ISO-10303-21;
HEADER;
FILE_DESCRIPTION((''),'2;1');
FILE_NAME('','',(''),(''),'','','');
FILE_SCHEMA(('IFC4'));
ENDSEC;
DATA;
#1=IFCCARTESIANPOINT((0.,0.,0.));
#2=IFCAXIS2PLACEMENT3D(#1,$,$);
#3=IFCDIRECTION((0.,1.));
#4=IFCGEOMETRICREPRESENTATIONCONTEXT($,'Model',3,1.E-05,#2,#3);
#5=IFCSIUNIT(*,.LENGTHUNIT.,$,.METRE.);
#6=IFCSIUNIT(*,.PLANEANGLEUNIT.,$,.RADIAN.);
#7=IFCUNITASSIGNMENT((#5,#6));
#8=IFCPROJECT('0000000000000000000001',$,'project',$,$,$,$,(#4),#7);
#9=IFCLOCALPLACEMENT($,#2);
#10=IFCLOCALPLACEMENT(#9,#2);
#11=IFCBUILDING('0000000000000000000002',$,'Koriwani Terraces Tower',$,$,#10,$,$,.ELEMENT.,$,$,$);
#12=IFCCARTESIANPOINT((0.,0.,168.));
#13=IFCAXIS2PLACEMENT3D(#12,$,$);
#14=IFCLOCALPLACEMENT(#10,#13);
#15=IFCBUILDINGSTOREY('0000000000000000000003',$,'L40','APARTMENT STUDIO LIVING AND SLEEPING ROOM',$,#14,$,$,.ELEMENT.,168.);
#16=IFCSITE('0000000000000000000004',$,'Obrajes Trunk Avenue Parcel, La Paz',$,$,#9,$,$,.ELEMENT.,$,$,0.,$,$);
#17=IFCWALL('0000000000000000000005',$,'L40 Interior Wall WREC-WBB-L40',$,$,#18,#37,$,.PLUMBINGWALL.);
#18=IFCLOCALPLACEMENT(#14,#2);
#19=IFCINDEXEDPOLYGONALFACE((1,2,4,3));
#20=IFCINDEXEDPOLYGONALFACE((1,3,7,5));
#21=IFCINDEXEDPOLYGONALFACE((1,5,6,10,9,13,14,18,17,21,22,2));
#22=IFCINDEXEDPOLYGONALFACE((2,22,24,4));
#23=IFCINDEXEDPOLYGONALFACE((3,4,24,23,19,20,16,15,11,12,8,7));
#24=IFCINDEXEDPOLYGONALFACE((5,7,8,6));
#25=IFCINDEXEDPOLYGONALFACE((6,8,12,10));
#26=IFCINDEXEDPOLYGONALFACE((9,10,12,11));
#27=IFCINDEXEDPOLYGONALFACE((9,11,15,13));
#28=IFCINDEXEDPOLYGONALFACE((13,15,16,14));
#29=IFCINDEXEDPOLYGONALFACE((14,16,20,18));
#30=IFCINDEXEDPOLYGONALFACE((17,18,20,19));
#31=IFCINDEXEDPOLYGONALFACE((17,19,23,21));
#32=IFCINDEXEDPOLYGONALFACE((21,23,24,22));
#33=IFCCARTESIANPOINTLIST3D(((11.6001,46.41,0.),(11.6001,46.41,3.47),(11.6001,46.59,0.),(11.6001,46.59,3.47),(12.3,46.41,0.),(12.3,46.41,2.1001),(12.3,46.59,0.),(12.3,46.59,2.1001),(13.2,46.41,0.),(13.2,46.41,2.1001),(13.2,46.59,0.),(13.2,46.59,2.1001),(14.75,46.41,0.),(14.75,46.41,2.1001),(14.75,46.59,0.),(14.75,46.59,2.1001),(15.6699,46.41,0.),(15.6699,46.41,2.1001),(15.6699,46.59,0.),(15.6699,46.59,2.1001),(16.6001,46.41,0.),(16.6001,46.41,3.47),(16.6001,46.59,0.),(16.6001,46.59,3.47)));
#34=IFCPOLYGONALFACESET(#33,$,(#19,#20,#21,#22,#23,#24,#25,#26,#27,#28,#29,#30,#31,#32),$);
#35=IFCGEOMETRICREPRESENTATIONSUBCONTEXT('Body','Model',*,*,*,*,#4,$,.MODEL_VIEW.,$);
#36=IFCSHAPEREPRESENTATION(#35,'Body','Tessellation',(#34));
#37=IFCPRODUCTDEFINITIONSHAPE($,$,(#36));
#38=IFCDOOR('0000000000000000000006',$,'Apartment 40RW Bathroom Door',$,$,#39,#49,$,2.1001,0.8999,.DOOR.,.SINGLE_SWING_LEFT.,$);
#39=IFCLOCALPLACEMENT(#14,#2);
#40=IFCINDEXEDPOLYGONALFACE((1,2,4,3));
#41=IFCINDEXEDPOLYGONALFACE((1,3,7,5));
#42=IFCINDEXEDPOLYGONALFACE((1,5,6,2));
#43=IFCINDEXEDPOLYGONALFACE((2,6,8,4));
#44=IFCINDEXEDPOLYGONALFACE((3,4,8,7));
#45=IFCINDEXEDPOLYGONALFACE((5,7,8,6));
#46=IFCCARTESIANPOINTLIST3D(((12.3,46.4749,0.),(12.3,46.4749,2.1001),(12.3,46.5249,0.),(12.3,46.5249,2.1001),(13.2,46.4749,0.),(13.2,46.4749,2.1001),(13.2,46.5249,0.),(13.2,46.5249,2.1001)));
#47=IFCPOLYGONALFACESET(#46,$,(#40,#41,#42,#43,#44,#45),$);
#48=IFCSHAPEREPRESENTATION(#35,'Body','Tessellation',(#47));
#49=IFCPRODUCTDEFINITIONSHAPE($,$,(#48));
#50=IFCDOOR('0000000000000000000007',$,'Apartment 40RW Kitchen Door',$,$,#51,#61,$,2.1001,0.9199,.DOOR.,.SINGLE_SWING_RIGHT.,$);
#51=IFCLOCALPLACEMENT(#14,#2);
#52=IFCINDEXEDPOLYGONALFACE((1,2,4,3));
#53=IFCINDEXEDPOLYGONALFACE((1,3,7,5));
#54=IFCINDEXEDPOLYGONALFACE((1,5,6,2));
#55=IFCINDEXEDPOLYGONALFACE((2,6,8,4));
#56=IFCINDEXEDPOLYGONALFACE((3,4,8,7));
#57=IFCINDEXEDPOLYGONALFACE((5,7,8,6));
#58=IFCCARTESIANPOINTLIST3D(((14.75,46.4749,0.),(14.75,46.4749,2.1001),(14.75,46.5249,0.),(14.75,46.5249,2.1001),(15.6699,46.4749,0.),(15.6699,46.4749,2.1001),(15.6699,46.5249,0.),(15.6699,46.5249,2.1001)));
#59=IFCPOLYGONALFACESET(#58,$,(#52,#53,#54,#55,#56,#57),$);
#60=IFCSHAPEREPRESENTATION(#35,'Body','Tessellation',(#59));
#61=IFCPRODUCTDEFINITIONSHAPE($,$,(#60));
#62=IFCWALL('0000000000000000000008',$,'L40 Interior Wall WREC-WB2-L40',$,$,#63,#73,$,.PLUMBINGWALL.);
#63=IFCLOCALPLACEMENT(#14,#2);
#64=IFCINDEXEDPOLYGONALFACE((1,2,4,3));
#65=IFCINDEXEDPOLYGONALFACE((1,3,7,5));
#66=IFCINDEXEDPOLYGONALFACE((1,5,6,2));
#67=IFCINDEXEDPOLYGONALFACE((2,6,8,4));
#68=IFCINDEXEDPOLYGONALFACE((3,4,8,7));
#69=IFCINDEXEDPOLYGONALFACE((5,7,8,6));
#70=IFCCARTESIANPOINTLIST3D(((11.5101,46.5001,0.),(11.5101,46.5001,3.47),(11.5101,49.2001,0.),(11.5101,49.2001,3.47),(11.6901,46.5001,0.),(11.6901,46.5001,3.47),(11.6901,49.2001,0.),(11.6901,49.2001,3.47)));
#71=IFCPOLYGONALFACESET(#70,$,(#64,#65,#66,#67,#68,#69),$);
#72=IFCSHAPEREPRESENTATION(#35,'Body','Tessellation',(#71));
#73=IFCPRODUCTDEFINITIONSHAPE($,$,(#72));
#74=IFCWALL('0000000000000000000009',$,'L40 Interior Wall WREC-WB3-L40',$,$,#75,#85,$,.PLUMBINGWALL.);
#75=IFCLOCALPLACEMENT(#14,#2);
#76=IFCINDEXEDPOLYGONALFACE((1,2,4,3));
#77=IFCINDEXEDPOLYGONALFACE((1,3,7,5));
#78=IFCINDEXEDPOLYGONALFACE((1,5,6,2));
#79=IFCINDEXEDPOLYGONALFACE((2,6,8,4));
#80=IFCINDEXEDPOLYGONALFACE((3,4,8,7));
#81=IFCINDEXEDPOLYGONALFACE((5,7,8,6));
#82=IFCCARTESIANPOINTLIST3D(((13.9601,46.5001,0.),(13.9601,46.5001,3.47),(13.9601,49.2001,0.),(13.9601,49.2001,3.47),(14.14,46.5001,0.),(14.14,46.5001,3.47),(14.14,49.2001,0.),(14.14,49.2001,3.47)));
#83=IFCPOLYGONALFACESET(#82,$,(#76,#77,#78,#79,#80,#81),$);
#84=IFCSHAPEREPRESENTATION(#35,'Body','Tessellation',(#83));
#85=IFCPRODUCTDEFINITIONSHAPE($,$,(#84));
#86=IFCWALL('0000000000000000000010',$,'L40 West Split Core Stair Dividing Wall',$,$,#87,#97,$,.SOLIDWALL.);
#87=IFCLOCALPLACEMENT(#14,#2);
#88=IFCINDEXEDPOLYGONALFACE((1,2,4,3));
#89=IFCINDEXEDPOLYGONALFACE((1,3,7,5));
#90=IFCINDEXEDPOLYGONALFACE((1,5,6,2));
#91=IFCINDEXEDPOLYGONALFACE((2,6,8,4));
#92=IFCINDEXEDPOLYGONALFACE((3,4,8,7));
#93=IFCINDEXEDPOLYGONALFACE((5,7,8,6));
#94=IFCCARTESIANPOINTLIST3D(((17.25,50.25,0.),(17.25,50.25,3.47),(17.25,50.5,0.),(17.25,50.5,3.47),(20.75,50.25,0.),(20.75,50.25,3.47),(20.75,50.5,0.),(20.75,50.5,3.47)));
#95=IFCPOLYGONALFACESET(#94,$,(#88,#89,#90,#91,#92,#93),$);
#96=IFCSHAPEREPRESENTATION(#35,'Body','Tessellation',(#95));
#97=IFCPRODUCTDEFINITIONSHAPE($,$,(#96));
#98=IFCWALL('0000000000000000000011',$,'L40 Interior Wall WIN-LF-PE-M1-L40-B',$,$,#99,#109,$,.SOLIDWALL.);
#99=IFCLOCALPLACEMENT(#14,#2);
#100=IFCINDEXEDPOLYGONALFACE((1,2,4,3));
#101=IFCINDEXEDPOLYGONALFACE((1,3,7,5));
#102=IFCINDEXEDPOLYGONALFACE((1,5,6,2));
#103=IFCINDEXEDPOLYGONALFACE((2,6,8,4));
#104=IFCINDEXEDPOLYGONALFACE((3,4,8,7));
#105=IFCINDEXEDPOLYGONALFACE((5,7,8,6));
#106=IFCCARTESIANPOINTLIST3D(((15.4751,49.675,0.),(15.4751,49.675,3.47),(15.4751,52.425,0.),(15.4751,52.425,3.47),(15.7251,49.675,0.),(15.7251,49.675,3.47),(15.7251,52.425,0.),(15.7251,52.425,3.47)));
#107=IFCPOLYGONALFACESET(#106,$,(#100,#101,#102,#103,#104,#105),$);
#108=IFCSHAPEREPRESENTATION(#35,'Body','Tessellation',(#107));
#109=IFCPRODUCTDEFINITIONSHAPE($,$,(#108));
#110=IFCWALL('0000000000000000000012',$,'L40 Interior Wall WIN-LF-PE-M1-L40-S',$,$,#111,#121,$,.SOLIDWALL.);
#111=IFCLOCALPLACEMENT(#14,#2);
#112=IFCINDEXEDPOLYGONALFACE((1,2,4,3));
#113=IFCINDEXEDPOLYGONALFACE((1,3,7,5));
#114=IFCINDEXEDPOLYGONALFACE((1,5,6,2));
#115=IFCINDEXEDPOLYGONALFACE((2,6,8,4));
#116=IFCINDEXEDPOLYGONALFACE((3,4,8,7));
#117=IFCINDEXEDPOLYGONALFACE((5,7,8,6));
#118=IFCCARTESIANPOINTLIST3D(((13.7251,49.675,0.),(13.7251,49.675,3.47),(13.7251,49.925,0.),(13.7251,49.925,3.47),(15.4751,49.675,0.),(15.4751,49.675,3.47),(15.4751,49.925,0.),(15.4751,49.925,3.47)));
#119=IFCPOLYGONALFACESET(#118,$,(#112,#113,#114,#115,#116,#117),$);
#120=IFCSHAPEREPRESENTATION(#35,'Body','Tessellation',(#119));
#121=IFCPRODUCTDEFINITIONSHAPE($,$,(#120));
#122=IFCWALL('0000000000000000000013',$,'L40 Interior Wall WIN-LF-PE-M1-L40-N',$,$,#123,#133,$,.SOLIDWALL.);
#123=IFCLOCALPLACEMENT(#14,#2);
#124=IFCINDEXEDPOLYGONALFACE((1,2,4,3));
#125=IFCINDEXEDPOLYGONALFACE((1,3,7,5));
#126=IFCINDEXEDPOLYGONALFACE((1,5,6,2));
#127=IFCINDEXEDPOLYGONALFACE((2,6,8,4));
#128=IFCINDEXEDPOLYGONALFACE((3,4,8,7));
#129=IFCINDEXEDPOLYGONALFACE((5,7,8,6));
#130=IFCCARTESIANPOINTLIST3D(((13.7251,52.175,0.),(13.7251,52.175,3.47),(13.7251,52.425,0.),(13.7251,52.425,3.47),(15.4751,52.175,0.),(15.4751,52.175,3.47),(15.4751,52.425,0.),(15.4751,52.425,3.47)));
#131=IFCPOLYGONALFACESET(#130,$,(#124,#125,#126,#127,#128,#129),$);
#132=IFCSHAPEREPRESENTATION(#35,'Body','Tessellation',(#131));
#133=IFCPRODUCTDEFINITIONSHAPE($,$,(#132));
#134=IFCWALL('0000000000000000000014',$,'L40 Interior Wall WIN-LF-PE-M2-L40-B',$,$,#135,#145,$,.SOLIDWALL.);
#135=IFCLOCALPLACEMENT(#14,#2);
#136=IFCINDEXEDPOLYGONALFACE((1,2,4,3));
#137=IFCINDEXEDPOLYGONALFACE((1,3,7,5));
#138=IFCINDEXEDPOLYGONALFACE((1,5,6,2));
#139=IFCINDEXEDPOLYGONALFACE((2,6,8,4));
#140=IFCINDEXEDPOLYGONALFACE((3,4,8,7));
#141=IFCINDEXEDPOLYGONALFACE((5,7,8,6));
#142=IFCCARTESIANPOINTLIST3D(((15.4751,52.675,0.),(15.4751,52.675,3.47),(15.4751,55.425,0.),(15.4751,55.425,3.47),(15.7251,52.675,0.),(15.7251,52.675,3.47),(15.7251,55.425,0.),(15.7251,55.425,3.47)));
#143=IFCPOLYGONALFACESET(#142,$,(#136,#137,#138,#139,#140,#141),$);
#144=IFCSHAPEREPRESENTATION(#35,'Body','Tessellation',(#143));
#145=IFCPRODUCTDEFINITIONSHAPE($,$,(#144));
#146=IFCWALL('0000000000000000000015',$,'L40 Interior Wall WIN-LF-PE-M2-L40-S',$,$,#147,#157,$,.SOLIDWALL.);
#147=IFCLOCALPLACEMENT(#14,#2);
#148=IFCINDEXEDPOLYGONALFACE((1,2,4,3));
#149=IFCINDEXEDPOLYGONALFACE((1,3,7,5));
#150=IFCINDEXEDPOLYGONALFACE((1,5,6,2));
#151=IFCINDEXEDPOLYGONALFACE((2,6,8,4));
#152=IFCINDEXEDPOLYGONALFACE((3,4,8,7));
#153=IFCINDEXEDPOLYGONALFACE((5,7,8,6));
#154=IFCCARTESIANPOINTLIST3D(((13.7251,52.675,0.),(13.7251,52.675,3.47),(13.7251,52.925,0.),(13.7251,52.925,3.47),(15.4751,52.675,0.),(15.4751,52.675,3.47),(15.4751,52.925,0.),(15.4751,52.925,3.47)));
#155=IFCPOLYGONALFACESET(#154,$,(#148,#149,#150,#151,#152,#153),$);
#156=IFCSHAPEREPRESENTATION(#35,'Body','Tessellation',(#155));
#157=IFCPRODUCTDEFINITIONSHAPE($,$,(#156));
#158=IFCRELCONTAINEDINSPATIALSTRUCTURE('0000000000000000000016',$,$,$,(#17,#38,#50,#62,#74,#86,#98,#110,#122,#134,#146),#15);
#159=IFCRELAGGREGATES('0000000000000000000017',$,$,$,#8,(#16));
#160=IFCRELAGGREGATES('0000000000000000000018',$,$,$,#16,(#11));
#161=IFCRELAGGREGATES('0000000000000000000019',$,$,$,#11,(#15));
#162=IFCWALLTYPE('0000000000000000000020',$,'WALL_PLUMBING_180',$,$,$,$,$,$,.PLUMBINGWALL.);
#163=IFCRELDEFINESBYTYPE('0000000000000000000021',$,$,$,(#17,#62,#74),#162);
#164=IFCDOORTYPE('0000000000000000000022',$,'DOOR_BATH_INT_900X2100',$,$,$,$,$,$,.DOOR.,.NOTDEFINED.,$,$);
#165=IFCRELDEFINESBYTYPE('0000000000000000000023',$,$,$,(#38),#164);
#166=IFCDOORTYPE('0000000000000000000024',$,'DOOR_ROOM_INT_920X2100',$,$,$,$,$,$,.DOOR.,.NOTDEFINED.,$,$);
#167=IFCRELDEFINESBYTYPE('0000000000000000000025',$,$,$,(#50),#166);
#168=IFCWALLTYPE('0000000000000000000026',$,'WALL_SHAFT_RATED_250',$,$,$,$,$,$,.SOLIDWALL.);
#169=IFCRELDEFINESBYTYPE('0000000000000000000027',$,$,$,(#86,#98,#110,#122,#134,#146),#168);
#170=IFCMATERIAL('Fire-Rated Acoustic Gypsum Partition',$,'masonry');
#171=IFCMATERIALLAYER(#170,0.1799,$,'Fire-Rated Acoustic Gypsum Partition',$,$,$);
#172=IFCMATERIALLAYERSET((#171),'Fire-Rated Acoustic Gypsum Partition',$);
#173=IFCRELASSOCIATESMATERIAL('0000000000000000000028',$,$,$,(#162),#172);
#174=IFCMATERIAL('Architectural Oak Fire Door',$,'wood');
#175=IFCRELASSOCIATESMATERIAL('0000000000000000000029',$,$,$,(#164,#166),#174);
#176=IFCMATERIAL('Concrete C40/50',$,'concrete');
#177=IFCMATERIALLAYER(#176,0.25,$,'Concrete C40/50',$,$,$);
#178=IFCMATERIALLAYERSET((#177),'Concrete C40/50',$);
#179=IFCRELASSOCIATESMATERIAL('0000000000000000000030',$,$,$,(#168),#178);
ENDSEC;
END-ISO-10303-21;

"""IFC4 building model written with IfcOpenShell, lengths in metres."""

from ifc_helpers import new_model, si_unit, direction, frame, frame_2d, origin, place, context, subcontext, project, spatial, rectangle, extrude, material, layer, layer_set, type_object, element, fill, save


model = new_model("IFC4")

# Units and contexts
model_context = context("Model", 3, precision=1e-05, world=origin(), true_north=direction((0.0, 1.0)))
body_context = subcontext(model_context, "Body", "Model", "MODEL_VIEW")
ifc_project = project(units=[si_unit("LENGTHUNIT", "METRE"), si_unit("PLANEANGLEUNIT", "RADIAN")], contexts=[model_context])

# Site, building, storey
site_placement = place(None, origin())
site = spatial("IfcSite", under=ifc_project, at=site_placement, Name="Obrajes Trunk Avenue Parcel, La Paz", CompositionType="ELEMENT", RefElevation=0.0)
building_placement = place(site_placement, origin())
building = spatial("IfcBuilding", under=site, at=building_placement, Name="Koriwani Terraces Tower", CompositionType="ELEMENT")
storey_placement = place(building_placement, frame((0.0, 0.0, 168.0)))
storey = spatial("IfcBuildingStorey", under=building, at=storey_placement, Name="L40", Description="APARTMENT STUDIO LIVING AND SLEEPING ROOM", CompositionType="ELEMENT", Elevation=168.0)

# Shared definitions
ifc_material_1 = material(Name="Concrete C40/50", Category="concrete")

# Wall, openings, doors
ifc_material_2 = material(Name="Fire-Rated Acoustic Gypsum Partition", Category="masonry")
ifc_layer_1 = layer(ifc_material_2, 0.1799, Name="Fire-Rated Acoustic Gypsum Partition")
ifc_layer_set_1 = layer_set([ifc_layer_1], Name="Fire-Rated Acoustic Gypsum Partition")
wall_type_1 = type_object("IfcWallType", Name="WALL_PLUMBING_180", PredefinedType="PLUMBINGWALL", material=ifc_layer_set_1)
wall_1_placement = place(storey_placement, frame((11.6001, 46.5, 0.0), z_axis=(0.0, 0.0, 1.0), x_axis=(1.0, 0.0, 0.0)))
wall_1 = element("IfcWall", 1, at=wall_1_placement, inside=storey, type_object=wall_type_1, Name="L40 Interior Wall WREC-WBB-L40", PredefinedType="PLUMBINGWALL", context=body_context, shape_type="SweptSolid", body=[
    extrude(rectangle(XDim=5.0, YDim=0.1799, at=frame_2d((2.5, 0.0))), origin(), (0.0, 0.0, 1.0), 3.47),
])
opening_1_placement = place(wall_1_placement, frame((0.7, 0.0, 0.0)))
opening_1 = element("IfcOpeningElement", 2, at=opening_1_placement, cuts=wall_1, PredefinedType="OPENING", context=body_context, shape_type="SweptSolid", body=[
    extrude(rectangle(XDim=0.8999, YDim=2.1001, at=frame_2d((0.45, 1.05))), frame((0.0, 0.1001, 0.0), z_axis=(0.0, -1.0, 0.0), x_axis=(1.0, 0.0, 0.0)), (0.0, 0.0, 1.0), 0.2),
])
opening_2_placement = place(wall_1_placement, frame((3.1499, 0.0, 0.0)))
opening_2 = element("IfcOpeningElement", 3, at=opening_2_placement, cuts=wall_1, PredefinedType="OPENING", context=body_context, shape_type="SweptSolid", body=[
    extrude(rectangle(XDim=0.9199, YDim=2.1001, at=frame_2d((0.46, 1.05))), frame((0.0, 0.1001, 0.0), z_axis=(0.0, -1.0, 0.0), x_axis=(1.0, 0.0, 0.0)), (0.0, 0.0, 1.0), 0.2),
])
ifc_material_3 = material(Name="Architectural Oak Fire Door", Category="wood")
door_type_1 = type_object("IfcDoorType", Name="DOOR_BATH_INT_900X2100", OperationType="NOTDEFINED", PredefinedType="DOOR", material=ifc_material_3)
door_1_placement = place(opening_1_placement, origin())
door_1 = element("IfcDoor", 4, at=door_1_placement, inside=storey, type_object=door_type_1, Name="Apartment 40RW Bathroom Door", OperationType="SINGLE_SWING_LEFT", OverallHeight=2.1001, OverallWidth=0.8999, PredefinedType="DOOR", context=body_context, shape_type="SweptSolid", body=[
    extrude(rectangle(XDim=0.8999, YDim=2.1001, at=frame_2d((0.45, 1.05))), frame((0.0, 0.0249, 0.0), z_axis=(0.0, -1.0, 0.0), x_axis=(1.0, 0.0, 0.0)), (0.0, 0.0, 1.0), 0.05),
])
fill(opening_1, door_1)
door_type_2 = type_object("IfcDoorType", Name="DOOR_ROOM_INT_920X2100", OperationType="NOTDEFINED", PredefinedType="DOOR", material=ifc_material_3)
door_2_placement = place(opening_2_placement, origin())
door_2 = element("IfcDoor", 5, at=door_2_placement, inside=storey, type_object=door_type_2, Name="Apartment 40RW Kitchen Door", OperationType="SINGLE_SWING_RIGHT", OverallHeight=2.1001, OverallWidth=0.9199, PredefinedType="DOOR", context=body_context, shape_type="SweptSolid", body=[
    extrude(rectangle(XDim=0.9199, YDim=2.1001, at=frame_2d((0.46, 1.05))), frame((0.0, 0.0249, 0.0), z_axis=(0.0, -1.0, 0.0), x_axis=(1.0, 0.0, 0.0)), (0.0, 0.0, 1.0), 0.05),
])
fill(opening_2, door_2)

# Walls
for number, where, z_axis, x_axis, name in (
    (6, (11.6001, 46.5, 0.0), (0.0, 0.0, 1.0), (0.0, 1.0, 0.0), "L40 Interior Wall WREC-WB2-L40"),
    (7, (14.05, 46.5, 0.0), (0.0, 0.0, 1.0), (0.0, 1.0, 0.0), "L40 Interior Wall WREC-WB3-L40"),
):
    element("IfcWall", number, at=place(storey_placement, frame(where, z_axis=z_axis, x_axis=x_axis)), inside=storey, type_object=wall_type_1, Name=name, PredefinedType="PLUMBINGWALL", context=body_context, shape_type="SweptSolid", body=[
        extrude(rectangle(XDim=2.7, YDim=0.1799, at=frame_2d((1.3501, 0.0))), origin(), (0.0, 0.0, 1.0), 3.47),
    ])
ifc_layer_2 = layer(ifc_material_1, 0.25, Name="Concrete C40/50")
ifc_layer_set_2 = layer_set([ifc_layer_2], Name="Concrete C40/50")
wall_type_2 = type_object("IfcWallType", Name="WALL_SHAFT_RATED_250", PredefinedType="SOLIDWALL", material=ifc_layer_set_2)
wall_2_placement = place(storey_placement, frame((17.25, 50.375, 0.0), z_axis=(0.0, 0.0, 1.0), x_axis=(1.0, 0.0, 0.0)))
element("IfcWall", 8, at=wall_2_placement, inside=storey, type_object=wall_type_2, Name="L40 West Split Core Stair Dividing Wall", PredefinedType="SOLIDWALL", context=body_context, shape_type="SweptSolid", body=[
    extrude(rectangle(XDim=3.5, YDim=0.25, at=frame_2d((1.75, 0.0))), origin(), (0.0, 0.0, 1.0), 3.47),
])

# Walls
wall_3_placement = place(storey_placement, frame((15.6001, 49.675, 0.0), z_axis=(0.0, 0.0, 1.0), x_axis=(0.0, 1.0, 0.0)))
element("IfcWall", 9, at=wall_3_placement, inside=storey, type_object=wall_type_2, Name="L40 Interior Wall WIN-LF-PE-M1-L40-B", PredefinedType="SOLIDWALL", context=body_context, shape_type="SweptSolid", body=[
    extrude(rectangle(XDim=2.75, YDim=0.25, at=frame_2d((1.375, 0.0))), origin(), (0.0, 0.0, 1.0), 3.47),
])
for number, where, z_axis, x_axis, name in (
    (10, (13.7251, 49.8, 0.0), (0.0, 0.0, 1.0), (1.0, 0.0, 0.0), "L40 Interior Wall WIN-LF-PE-M1-L40-S"),
    (11, (13.7251, 52.3, 0.0), (0.0, 0.0, 1.0), (1.0, 0.0, 0.0), "L40 Interior Wall WIN-LF-PE-M1-L40-N"),
):
    element("IfcWall", number, at=place(storey_placement, frame(where, z_axis=z_axis, x_axis=x_axis)), inside=storey, type_object=wall_type_2, Name=name, PredefinedType="SOLIDWALL", context=body_context, shape_type="SweptSolid", body=[
        extrude(rectangle(XDim=1.75, YDim=0.25, at=frame_2d((0.875, 0.0))), origin(), (0.0, 0.0, 1.0), 3.47),
    ])

# Walls
wall_4_placement = place(storey_placement, frame((15.6001, 52.675, 0.0), z_axis=(0.0, 0.0, 1.0), x_axis=(0.0, 1.0, 0.0)))
element("IfcWall", 12, at=wall_4_placement, inside=storey, type_object=wall_type_2, Name="L40 Interior Wall WIN-LF-PE-M2-L40-B", PredefinedType="SOLIDWALL", context=body_context, shape_type="SweptSolid", body=[
    extrude(rectangle(XDim=2.75, YDim=0.25, at=frame_2d((1.375, 0.0))), origin(), (0.0, 0.0, 1.0), 3.47),
])
wall_5_placement = place(storey_placement, frame((13.7251, 52.8, 0.0), z_axis=(0.0, 0.0, 1.0), x_axis=(1.0, 0.0, 0.0)))
element("IfcWall", 13, at=wall_5_placement, inside=storey, type_object=wall_type_2, Name="L40 Interior Wall WIN-LF-PE-M2-L40-S", PredefinedType="SOLIDWALL", context=body_context, shape_type="SweptSolid", body=[
    extrude(rectangle(XDim=1.75, YDim=0.25, at=frame_2d((0.875, 0.0))), origin(), (0.0, 0.0, 1.0), 3.47),
])

save(model, "model.ifc")
